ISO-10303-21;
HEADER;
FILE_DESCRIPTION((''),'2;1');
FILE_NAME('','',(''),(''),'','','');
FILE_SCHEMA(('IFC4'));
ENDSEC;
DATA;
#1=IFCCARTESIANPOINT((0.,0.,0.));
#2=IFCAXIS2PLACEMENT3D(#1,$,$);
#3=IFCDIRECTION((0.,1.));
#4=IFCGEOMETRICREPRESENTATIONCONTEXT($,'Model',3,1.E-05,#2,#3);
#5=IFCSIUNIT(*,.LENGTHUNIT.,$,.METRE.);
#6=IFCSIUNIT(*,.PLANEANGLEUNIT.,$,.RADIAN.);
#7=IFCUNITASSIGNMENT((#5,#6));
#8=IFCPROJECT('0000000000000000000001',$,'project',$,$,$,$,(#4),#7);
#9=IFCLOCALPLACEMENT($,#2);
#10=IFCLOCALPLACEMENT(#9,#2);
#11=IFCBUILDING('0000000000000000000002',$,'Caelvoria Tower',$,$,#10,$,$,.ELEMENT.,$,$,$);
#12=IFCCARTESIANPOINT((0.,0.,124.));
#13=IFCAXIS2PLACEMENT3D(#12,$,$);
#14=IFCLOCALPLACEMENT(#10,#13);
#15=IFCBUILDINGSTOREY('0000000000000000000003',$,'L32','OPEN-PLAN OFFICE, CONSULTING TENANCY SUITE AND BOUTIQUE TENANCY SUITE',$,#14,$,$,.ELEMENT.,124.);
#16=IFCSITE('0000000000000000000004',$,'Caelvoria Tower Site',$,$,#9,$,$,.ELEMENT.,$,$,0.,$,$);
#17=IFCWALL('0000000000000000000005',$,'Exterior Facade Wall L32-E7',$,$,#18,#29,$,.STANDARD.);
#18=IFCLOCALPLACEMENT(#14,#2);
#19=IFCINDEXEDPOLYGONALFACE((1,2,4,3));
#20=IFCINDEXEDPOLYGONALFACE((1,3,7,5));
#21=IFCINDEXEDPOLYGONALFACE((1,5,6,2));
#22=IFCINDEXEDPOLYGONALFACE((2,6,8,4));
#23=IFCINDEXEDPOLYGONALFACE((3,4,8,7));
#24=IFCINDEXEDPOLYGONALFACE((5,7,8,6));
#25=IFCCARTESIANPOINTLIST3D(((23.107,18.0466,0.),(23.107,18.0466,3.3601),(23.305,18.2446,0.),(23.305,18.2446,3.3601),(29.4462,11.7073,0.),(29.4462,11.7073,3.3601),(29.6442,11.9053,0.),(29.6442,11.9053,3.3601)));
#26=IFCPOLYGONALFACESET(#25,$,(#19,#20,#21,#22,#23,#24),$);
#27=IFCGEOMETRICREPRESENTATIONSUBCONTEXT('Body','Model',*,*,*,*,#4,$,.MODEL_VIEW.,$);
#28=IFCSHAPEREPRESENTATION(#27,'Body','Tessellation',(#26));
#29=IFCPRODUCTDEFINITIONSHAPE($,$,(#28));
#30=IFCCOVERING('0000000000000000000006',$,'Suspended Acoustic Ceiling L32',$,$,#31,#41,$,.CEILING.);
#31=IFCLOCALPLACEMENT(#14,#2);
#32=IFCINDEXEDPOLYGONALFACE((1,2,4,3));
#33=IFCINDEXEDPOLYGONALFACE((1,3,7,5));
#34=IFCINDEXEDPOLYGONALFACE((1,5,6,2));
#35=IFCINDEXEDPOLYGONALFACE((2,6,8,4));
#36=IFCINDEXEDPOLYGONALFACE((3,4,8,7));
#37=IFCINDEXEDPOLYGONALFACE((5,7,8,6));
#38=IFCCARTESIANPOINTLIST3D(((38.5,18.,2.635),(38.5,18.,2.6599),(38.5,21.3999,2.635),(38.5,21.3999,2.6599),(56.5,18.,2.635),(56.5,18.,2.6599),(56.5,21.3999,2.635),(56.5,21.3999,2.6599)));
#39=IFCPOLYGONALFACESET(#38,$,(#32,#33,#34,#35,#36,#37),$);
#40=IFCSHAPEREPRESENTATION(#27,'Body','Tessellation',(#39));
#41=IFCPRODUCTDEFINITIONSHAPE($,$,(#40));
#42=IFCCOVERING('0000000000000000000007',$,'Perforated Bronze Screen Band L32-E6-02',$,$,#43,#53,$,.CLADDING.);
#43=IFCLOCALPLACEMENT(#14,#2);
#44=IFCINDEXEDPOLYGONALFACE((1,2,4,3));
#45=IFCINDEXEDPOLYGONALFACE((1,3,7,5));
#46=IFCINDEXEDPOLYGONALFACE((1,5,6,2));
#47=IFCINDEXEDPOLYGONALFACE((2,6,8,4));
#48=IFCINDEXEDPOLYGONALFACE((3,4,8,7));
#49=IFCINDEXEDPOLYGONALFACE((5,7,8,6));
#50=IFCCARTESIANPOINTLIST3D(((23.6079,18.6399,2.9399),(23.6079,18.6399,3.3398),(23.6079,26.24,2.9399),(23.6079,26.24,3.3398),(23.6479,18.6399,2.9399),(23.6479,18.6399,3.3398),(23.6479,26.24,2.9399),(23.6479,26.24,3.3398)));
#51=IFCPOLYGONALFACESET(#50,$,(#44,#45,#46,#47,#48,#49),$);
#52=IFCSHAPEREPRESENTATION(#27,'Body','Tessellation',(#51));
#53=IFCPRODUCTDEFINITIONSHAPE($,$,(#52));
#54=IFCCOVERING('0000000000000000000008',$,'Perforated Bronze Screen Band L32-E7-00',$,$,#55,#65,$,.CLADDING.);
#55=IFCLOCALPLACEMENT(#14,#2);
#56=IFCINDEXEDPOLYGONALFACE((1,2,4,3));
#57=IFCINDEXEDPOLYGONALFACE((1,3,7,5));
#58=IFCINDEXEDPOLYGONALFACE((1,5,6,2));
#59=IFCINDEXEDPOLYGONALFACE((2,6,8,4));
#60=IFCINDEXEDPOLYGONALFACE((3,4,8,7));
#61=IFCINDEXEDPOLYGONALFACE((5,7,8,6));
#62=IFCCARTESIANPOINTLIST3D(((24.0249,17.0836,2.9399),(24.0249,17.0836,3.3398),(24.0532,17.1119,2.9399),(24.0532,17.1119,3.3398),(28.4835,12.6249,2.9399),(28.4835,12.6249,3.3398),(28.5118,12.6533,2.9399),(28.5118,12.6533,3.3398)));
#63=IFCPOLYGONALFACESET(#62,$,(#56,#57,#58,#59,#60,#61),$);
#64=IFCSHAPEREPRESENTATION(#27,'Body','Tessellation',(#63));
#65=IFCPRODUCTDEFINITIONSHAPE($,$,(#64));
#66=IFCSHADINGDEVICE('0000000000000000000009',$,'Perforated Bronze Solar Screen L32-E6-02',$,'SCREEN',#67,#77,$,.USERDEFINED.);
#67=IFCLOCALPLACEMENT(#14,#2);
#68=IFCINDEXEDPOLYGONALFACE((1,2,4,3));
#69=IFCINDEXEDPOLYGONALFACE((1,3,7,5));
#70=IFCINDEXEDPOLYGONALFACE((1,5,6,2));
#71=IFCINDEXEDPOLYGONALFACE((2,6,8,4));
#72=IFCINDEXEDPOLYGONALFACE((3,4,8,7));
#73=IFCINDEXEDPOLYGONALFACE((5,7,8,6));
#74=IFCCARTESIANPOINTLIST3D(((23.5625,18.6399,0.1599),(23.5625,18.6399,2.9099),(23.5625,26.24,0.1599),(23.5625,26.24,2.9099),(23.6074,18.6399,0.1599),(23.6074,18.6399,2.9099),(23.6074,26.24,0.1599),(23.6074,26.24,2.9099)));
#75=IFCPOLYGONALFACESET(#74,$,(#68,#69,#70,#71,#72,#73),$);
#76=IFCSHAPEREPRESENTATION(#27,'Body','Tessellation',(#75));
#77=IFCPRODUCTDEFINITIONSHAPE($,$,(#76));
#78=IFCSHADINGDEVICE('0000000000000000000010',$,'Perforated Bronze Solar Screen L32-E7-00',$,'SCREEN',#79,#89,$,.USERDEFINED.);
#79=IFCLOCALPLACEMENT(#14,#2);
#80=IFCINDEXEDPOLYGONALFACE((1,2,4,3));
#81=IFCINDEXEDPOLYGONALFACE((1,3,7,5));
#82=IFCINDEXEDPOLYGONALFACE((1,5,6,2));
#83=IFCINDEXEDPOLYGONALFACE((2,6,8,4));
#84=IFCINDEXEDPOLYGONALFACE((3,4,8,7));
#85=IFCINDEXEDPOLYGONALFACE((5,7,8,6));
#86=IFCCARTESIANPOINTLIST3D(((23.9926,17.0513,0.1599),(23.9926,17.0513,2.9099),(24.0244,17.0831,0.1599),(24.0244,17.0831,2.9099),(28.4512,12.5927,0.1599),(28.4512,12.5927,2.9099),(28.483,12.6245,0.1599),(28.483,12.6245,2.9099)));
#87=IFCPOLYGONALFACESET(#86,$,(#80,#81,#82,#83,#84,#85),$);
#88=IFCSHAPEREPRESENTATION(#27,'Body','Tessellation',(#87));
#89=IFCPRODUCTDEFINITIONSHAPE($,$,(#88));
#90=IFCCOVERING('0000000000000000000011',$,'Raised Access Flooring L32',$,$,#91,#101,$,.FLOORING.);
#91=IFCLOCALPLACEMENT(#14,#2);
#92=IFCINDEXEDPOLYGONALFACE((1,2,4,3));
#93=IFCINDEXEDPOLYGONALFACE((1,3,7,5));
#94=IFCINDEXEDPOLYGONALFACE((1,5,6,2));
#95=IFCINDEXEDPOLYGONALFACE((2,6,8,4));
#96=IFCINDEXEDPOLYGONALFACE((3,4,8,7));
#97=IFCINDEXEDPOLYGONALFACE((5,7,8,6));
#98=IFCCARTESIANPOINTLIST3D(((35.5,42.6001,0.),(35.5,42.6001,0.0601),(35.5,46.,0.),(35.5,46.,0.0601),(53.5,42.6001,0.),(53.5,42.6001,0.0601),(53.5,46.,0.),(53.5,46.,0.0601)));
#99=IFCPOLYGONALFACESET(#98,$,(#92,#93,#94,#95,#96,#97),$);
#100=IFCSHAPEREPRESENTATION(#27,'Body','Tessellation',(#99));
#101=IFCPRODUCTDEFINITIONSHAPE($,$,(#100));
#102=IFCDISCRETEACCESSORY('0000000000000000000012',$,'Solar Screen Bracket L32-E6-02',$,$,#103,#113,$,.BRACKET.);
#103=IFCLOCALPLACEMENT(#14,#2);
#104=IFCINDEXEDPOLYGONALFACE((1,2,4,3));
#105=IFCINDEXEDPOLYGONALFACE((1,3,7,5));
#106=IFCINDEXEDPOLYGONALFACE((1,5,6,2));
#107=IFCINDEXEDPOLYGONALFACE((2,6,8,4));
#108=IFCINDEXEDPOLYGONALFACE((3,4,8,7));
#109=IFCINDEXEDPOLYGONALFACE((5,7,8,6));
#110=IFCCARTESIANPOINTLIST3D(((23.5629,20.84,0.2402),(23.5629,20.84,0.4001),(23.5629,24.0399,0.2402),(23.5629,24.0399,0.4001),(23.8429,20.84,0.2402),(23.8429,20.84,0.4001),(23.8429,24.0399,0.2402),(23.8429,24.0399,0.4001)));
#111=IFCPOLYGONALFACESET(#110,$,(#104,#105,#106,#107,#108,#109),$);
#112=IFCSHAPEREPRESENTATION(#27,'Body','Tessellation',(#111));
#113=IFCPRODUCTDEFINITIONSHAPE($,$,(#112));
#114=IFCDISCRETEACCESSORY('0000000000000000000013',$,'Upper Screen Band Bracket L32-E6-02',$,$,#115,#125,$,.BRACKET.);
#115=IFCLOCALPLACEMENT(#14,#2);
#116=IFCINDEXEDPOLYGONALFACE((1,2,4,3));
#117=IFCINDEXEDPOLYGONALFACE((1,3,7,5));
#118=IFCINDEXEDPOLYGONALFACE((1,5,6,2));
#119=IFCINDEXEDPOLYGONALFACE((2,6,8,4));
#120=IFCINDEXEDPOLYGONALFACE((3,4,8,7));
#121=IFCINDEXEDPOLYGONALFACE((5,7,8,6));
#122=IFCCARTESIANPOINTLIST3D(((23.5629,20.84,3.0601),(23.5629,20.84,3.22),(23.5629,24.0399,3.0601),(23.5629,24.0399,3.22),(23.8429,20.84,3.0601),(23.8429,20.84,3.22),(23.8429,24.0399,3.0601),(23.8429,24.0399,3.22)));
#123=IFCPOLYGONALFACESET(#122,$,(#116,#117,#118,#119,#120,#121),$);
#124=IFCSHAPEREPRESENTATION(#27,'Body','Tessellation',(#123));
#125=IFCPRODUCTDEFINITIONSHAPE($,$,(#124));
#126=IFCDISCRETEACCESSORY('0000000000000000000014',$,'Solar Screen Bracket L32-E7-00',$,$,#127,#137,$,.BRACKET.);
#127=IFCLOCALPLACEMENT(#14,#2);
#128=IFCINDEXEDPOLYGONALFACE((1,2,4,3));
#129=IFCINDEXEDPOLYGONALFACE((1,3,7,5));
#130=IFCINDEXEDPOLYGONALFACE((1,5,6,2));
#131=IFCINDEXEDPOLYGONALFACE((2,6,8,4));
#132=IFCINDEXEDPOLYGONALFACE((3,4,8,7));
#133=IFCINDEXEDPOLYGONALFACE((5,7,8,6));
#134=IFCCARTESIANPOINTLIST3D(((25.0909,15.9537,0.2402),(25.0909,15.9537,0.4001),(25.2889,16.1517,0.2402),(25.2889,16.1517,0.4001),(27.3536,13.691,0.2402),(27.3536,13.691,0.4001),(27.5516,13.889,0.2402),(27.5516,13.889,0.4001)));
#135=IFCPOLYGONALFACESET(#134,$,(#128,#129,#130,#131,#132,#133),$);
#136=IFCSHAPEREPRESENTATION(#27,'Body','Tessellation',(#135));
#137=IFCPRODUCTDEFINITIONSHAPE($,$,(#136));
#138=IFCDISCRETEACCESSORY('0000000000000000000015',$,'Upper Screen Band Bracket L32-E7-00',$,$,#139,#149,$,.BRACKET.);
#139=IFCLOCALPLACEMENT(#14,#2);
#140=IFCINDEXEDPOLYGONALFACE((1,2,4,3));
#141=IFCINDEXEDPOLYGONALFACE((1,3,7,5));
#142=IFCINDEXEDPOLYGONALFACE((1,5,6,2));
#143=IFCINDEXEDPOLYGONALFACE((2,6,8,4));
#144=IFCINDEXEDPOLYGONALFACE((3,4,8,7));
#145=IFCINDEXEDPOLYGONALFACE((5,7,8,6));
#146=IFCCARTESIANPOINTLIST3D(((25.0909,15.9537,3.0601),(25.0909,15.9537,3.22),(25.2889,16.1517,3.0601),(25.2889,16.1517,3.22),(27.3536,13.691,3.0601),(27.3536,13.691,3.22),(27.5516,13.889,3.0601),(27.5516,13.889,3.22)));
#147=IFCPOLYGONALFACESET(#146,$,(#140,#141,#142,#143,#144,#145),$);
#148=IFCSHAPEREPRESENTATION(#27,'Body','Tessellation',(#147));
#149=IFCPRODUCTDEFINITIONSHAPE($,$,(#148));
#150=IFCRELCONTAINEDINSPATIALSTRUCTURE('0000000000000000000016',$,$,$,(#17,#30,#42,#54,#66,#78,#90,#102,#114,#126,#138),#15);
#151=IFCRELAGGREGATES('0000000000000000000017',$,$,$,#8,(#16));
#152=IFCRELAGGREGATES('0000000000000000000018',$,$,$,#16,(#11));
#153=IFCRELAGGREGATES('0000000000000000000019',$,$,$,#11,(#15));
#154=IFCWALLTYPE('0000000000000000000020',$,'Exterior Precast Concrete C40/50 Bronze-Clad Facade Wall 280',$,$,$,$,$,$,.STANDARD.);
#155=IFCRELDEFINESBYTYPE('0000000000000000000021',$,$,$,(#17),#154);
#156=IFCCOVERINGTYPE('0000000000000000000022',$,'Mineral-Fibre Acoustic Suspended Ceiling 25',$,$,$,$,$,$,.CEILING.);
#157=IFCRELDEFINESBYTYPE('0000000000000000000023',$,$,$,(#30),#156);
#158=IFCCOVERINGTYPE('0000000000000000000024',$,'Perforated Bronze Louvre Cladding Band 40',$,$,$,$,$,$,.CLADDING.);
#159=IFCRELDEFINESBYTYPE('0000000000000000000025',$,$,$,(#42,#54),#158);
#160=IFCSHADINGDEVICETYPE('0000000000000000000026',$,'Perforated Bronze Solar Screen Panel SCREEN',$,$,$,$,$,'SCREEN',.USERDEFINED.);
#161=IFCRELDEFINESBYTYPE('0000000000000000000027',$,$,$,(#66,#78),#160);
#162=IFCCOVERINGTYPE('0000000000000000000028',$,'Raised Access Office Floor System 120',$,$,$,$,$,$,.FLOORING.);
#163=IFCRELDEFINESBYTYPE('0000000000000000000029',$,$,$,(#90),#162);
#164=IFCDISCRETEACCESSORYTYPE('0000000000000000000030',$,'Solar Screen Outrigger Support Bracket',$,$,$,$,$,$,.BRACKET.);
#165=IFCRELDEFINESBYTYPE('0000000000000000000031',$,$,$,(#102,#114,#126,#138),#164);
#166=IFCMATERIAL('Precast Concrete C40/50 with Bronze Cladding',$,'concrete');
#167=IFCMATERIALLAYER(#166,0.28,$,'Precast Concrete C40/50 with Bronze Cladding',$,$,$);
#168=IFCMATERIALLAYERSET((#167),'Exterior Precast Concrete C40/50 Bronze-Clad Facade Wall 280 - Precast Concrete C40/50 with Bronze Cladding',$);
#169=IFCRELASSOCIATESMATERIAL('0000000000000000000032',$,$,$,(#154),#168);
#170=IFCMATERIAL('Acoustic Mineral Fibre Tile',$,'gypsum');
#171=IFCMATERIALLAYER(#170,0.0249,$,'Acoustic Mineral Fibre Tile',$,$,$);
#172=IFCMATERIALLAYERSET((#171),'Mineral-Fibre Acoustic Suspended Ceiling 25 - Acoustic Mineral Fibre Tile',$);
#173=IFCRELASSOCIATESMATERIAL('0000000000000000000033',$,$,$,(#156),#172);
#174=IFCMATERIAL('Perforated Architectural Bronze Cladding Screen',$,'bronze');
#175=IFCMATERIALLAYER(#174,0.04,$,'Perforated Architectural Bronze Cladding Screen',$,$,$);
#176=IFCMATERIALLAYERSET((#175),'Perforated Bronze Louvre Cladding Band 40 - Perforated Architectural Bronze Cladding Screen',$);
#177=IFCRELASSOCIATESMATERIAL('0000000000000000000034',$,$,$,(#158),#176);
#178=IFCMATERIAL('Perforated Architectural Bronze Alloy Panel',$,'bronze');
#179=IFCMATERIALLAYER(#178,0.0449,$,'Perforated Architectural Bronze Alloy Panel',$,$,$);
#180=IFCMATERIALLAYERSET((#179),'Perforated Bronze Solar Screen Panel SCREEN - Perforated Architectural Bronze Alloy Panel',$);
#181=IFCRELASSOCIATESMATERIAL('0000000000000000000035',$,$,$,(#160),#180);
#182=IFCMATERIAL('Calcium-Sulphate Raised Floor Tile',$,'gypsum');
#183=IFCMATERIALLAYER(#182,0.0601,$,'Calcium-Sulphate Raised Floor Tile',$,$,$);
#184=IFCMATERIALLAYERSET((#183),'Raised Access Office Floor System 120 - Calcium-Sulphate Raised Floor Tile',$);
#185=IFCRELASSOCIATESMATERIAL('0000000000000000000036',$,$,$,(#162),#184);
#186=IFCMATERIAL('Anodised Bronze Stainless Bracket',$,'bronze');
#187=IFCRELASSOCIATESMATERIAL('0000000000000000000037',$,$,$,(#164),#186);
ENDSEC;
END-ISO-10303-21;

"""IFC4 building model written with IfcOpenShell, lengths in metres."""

from ifc_helpers import new_model, si_unit, direction, frame, frame_2d, origin, origin_2d, place, context, subcontext, project, spatial, polyline, rectangle, outline, extrude, material, layer, layer_set, type_object, element, save


model = new_model("IFC4")

# Units and contexts
model_context = context("Model", 3, precision=1e-05, world=origin(), true_north=direction((0.0, 1.0)))
body_context = subcontext(model_context, "Body", "Model", "MODEL_VIEW")
ifc_project = project(units=[si_unit("LENGTHUNIT", "METRE"), si_unit("PLANEANGLEUNIT", "RADIAN")], contexts=[model_context])

# Site, building, storey
site_placement = place(None, origin())
site = spatial("IfcSite", under=ifc_project, at=site_placement, Name="Caelvoria Tower Site", CompositionType="ELEMENT", RefElevation=0.0)
building_placement = place(site_placement, origin())
building = spatial("IfcBuilding", under=site, at=building_placement, Name="Caelvoria Tower", CompositionType="ELEMENT")
storey_placement = place(building_placement, frame((0.0, 0.0, 124.0)))
storey = spatial("IfcBuildingStorey", under=building, at=storey_placement, Name="L32", Description="OPEN-PLAN OFFICE, CONSULTING TENANCY SUITE AND BOUTIQUE TENANCY SUITE", CompositionType="ELEMENT", Elevation=124.0)

# Shared definitions
ifc_material_1 = material(Name="Precast Concrete C40/50 with Bronze Cladding", Category="concrete")
ifc_layer_1 = layer(ifc_material_1, 0.28, Name="Precast Concrete C40/50 with Bronze Cladding")
ifc_layer_set_1 = layer_set([ifc_layer_1], Name="Exterior Precast Concrete C40/50 Bronze-Clad Facade Wall 280 - Precast Concrete C40/50 with Bronze Cladding")
wall_type = type_object("IfcWallType", Name="Exterior Precast Concrete C40/50 Bronze-Clad Facade Wall 280", PredefinedType="STANDARD", material=ifc_layer_set_1)

# Wall
wall_1_placement = place(storey_placement, frame((23.2061, 18.1455, 0.0), z_axis=(0.0, 0.0, 1.0), x_axis=(0.707107, -0.707107, 0.0)))
element("IfcWall", 1, at=wall_1_placement, inside=storey, type_object=wall_type, Name="Exterior Facade Wall L32-E7", PredefinedType="STANDARD", context=body_context, shape_type="SweptSolid", body=[
    extrude(rectangle(XDim=8.9651, YDim=0.28, at=frame_2d((4.4824, 0.0))), origin(), (0.0, 0.0, 1.0), 3.3601),
])

# Coverings
ifc_material_2 = material(Name="Acoustic Mineral Fibre Tile", Category="gypsum")
ifc_layer_2 = layer(ifc_material_2, 0.0249, Name="Acoustic Mineral Fibre Tile")
ifc_layer_set_2 = layer_set([ifc_layer_2], Name="Mineral-Fibre Acoustic Suspended Ceiling 25 - Acoustic Mineral Fibre Tile")
covering_type_1 = type_object("IfcCoveringType", Name="Mineral-Fibre Acoustic Suspended Ceiling 25", PredefinedType="CEILING", material=ifc_layer_set_2)
covering_1_placement = place(storey_placement, frame((0.0, 0.0, 2.635)))
element("IfcCovering", 2, at=covering_1_placement, inside=storey, type_object=covering_type_1, Name="Suspended Acoustic Ceiling L32", PredefinedType="CEILING", context=body_context, shape_type="SweptSolid", body=[
    extrude(outline(polyline([(38.5, 18.0), (56.5, 18.0), (56.5, 21.3999), (38.5, 21.3999), (38.5, 18.0)])), origin(), (0.0, 0.0, 1.0), 0.0249),
])
ifc_material_3 = material(Name="Perforated Architectural Bronze Cladding Screen", Category="bronze")
ifc_layer_3 = layer(ifc_material_3, 0.04, Name="Perforated Architectural Bronze Cladding Screen")
ifc_layer_set_3 = layer_set([ifc_layer_3], Name="Perforated Bronze Louvre Cladding Band 40 - Perforated Architectural Bronze Cladding Screen")
covering_type_2 = type_object("IfcCoveringType", Name="Perforated Bronze Louvre Cladding Band 40", PredefinedType="CLADDING", material=ifc_layer_set_3)
covering_2_placement = place(storey_placement, frame((23.6279, 22.4399, 2.9399), z_axis=(0.0, 0.0, 1.0), x_axis=(0.0, -1.0, 0.0)))
element("IfcCovering", 3, at=covering_2_placement, inside=storey, type_object=covering_type_2, Name="Perforated Bronze Screen Band L32-E6-02", PredefinedType="CLADDING", context=body_context, shape_type="SweptSolid", body=[
    extrude(rectangle(XDim=7.6001, YDim=0.04, at=origin_2d()), origin(), (0.0, 0.0, 1.0), 0.3999),
])
covering_3_placement = place(storey_placement, frame((26.2683, 14.8684, 2.9399), z_axis=(0.0, 0.0, 1.0), x_axis=(0.707107, -0.707107, 0.0)))
element("IfcCovering", 4, at=covering_3_placement, inside=storey, type_object=covering_type_2, Name="Perforated Bronze Screen Band L32-E7-00", PredefinedType="CLADDING", context=body_context, shape_type="SweptSolid", body=[
    extrude(rectangle(XDim=6.3054, YDim=0.04, at=origin_2d()), origin(), (0.0, 0.0, 1.0), 0.3999),
])

# Shading devices
ifc_material_4 = material(Name="Perforated Architectural Bronze Alloy Panel", Category="bronze")
ifc_layer_4 = layer(ifc_material_4, 0.0449, Name="Perforated Architectural Bronze Alloy Panel")
ifc_layer_set_4 = layer_set([ifc_layer_4], Name="Perforated Bronze Solar Screen Panel SCREEN - Perforated Architectural Bronze Alloy Panel")
shading_device_type = type_object("IfcShadingDeviceType", Name="Perforated Bronze Solar Screen Panel SCREEN", ElementType="SCREEN", PredefinedType="USERDEFINED", material=ifc_layer_set_4)
shading_device_1_placement = place(storey_placement, frame((23.585, 22.4399, 0.1599), z_axis=(0.0, 0.0, 1.0), x_axis=(0.0, -1.0, 0.0)))
element("IfcShadingDevice", 5, at=shading_device_1_placement, inside=storey, type_object=shading_device_type, Name="Perforated Bronze Solar Screen L32-E6-02", ObjectType="SCREEN", PredefinedType="USERDEFINED", context=body_context, shape_type="SweptSolid", body=[
    extrude(rectangle(XDim=7.6001, YDim=0.0449, at=origin_2d()), origin(), (0.0, 0.0, 1.0), 2.75),
])
shading_device_2_placement = place(storey_placement, frame((26.2378, 14.8379, 0.1599), z_axis=(0.0, 0.0, 1.0), x_axis=(0.707107, -0.707107, 0.0)))
element("IfcShadingDevice", 6, at=shading_device_2_placement, inside=storey, type_object=shading_device_type, Name="Perforated Bronze Solar Screen L32-E7-00", ObjectType="SCREEN", PredefinedType="USERDEFINED", context=body_context, shape_type="SweptSolid", body=[
    extrude(rectangle(XDim=6.3054, YDim=0.0449, at=origin_2d()), origin(), (0.0, 0.0, 1.0), 2.75),
])

# Covering
ifc_material_5 = material(Name="Calcium-Sulphate Raised Floor Tile", Category="gypsum")
ifc_layer_5 = layer(ifc_material_5, 0.0601, Name="Calcium-Sulphate Raised Floor Tile")
ifc_layer_set_5 = layer_set([ifc_layer_5], Name="Raised Access Office Floor System 120 - Calcium-Sulphate Raised Floor Tile")
covering_type_3 = type_object("IfcCoveringType", Name="Raised Access Office Floor System 120", PredefinedType="FLOORING", material=ifc_layer_set_5)
covering_4_placement = place(storey_placement, origin())
element("IfcCovering", 7, at=covering_4_placement, inside=storey, type_object=covering_type_3, Name="Raised Access Flooring L32", PredefinedType="FLOORING", context=body_context, shape_type="SweptSolid", body=[
    extrude(outline(polyline([(35.5, 42.6001), (53.5, 42.6001), (53.5, 46.0), (35.5, 46.0), (35.5, 42.6001)])), origin(), (0.0, 0.0, 1.0), 0.0601),
])

# Discrete accessories
ifc_material_6 = material(Name="Anodised Bronze Stainless Bracket", Category="bronze")
discrete_accessory_type = type_object("IfcDiscreteAccessoryType", Name="Solar Screen Outrigger Support Bracket", PredefinedType="BRACKET", material=ifc_material_6)
for number, where, z_axis, x_axis, name in (
    (8, (23.7029, 22.4399, 0.2402), (0.0, 0.0, 1.0), (0.0, -1.0, 0.0), "Solar Screen Bracket L32-E6-02"),
    (9, (23.7029, 22.4399, 3.0601), (0.0, 0.0, 1.0), (0.0, -1.0, 0.0), "Upper Screen Band Bracket L32-E6-02"),
    (10, (26.3213, 14.9214, 0.2402), (0.0, 0.0, 1.0), (0.707107, -0.707107, 0.0), "Solar Screen Bracket L32-E7-00"),
    (11, (26.3213, 14.9214, 3.0601), (0.0, 0.0, 1.0), (0.707107, -0.707107, 0.0), "Upper Screen Band Bracket L32-E7-00"),
):
    element("IfcDiscreteAccessory", number, at=place(storey_placement, frame(where, z_axis=z_axis, x_axis=x_axis)), inside=storey, type_object=discrete_accessory_type, Name=name, PredefinedType="BRACKET", context=body_context, shape_type="SweptSolid", body=[
        extrude(rectangle(XDim=3.2, YDim=0.28, at=origin_2d()), origin(), (0.0, 0.0, 1.0), 0.1599),
    ])

save(model, "model.ifc")
